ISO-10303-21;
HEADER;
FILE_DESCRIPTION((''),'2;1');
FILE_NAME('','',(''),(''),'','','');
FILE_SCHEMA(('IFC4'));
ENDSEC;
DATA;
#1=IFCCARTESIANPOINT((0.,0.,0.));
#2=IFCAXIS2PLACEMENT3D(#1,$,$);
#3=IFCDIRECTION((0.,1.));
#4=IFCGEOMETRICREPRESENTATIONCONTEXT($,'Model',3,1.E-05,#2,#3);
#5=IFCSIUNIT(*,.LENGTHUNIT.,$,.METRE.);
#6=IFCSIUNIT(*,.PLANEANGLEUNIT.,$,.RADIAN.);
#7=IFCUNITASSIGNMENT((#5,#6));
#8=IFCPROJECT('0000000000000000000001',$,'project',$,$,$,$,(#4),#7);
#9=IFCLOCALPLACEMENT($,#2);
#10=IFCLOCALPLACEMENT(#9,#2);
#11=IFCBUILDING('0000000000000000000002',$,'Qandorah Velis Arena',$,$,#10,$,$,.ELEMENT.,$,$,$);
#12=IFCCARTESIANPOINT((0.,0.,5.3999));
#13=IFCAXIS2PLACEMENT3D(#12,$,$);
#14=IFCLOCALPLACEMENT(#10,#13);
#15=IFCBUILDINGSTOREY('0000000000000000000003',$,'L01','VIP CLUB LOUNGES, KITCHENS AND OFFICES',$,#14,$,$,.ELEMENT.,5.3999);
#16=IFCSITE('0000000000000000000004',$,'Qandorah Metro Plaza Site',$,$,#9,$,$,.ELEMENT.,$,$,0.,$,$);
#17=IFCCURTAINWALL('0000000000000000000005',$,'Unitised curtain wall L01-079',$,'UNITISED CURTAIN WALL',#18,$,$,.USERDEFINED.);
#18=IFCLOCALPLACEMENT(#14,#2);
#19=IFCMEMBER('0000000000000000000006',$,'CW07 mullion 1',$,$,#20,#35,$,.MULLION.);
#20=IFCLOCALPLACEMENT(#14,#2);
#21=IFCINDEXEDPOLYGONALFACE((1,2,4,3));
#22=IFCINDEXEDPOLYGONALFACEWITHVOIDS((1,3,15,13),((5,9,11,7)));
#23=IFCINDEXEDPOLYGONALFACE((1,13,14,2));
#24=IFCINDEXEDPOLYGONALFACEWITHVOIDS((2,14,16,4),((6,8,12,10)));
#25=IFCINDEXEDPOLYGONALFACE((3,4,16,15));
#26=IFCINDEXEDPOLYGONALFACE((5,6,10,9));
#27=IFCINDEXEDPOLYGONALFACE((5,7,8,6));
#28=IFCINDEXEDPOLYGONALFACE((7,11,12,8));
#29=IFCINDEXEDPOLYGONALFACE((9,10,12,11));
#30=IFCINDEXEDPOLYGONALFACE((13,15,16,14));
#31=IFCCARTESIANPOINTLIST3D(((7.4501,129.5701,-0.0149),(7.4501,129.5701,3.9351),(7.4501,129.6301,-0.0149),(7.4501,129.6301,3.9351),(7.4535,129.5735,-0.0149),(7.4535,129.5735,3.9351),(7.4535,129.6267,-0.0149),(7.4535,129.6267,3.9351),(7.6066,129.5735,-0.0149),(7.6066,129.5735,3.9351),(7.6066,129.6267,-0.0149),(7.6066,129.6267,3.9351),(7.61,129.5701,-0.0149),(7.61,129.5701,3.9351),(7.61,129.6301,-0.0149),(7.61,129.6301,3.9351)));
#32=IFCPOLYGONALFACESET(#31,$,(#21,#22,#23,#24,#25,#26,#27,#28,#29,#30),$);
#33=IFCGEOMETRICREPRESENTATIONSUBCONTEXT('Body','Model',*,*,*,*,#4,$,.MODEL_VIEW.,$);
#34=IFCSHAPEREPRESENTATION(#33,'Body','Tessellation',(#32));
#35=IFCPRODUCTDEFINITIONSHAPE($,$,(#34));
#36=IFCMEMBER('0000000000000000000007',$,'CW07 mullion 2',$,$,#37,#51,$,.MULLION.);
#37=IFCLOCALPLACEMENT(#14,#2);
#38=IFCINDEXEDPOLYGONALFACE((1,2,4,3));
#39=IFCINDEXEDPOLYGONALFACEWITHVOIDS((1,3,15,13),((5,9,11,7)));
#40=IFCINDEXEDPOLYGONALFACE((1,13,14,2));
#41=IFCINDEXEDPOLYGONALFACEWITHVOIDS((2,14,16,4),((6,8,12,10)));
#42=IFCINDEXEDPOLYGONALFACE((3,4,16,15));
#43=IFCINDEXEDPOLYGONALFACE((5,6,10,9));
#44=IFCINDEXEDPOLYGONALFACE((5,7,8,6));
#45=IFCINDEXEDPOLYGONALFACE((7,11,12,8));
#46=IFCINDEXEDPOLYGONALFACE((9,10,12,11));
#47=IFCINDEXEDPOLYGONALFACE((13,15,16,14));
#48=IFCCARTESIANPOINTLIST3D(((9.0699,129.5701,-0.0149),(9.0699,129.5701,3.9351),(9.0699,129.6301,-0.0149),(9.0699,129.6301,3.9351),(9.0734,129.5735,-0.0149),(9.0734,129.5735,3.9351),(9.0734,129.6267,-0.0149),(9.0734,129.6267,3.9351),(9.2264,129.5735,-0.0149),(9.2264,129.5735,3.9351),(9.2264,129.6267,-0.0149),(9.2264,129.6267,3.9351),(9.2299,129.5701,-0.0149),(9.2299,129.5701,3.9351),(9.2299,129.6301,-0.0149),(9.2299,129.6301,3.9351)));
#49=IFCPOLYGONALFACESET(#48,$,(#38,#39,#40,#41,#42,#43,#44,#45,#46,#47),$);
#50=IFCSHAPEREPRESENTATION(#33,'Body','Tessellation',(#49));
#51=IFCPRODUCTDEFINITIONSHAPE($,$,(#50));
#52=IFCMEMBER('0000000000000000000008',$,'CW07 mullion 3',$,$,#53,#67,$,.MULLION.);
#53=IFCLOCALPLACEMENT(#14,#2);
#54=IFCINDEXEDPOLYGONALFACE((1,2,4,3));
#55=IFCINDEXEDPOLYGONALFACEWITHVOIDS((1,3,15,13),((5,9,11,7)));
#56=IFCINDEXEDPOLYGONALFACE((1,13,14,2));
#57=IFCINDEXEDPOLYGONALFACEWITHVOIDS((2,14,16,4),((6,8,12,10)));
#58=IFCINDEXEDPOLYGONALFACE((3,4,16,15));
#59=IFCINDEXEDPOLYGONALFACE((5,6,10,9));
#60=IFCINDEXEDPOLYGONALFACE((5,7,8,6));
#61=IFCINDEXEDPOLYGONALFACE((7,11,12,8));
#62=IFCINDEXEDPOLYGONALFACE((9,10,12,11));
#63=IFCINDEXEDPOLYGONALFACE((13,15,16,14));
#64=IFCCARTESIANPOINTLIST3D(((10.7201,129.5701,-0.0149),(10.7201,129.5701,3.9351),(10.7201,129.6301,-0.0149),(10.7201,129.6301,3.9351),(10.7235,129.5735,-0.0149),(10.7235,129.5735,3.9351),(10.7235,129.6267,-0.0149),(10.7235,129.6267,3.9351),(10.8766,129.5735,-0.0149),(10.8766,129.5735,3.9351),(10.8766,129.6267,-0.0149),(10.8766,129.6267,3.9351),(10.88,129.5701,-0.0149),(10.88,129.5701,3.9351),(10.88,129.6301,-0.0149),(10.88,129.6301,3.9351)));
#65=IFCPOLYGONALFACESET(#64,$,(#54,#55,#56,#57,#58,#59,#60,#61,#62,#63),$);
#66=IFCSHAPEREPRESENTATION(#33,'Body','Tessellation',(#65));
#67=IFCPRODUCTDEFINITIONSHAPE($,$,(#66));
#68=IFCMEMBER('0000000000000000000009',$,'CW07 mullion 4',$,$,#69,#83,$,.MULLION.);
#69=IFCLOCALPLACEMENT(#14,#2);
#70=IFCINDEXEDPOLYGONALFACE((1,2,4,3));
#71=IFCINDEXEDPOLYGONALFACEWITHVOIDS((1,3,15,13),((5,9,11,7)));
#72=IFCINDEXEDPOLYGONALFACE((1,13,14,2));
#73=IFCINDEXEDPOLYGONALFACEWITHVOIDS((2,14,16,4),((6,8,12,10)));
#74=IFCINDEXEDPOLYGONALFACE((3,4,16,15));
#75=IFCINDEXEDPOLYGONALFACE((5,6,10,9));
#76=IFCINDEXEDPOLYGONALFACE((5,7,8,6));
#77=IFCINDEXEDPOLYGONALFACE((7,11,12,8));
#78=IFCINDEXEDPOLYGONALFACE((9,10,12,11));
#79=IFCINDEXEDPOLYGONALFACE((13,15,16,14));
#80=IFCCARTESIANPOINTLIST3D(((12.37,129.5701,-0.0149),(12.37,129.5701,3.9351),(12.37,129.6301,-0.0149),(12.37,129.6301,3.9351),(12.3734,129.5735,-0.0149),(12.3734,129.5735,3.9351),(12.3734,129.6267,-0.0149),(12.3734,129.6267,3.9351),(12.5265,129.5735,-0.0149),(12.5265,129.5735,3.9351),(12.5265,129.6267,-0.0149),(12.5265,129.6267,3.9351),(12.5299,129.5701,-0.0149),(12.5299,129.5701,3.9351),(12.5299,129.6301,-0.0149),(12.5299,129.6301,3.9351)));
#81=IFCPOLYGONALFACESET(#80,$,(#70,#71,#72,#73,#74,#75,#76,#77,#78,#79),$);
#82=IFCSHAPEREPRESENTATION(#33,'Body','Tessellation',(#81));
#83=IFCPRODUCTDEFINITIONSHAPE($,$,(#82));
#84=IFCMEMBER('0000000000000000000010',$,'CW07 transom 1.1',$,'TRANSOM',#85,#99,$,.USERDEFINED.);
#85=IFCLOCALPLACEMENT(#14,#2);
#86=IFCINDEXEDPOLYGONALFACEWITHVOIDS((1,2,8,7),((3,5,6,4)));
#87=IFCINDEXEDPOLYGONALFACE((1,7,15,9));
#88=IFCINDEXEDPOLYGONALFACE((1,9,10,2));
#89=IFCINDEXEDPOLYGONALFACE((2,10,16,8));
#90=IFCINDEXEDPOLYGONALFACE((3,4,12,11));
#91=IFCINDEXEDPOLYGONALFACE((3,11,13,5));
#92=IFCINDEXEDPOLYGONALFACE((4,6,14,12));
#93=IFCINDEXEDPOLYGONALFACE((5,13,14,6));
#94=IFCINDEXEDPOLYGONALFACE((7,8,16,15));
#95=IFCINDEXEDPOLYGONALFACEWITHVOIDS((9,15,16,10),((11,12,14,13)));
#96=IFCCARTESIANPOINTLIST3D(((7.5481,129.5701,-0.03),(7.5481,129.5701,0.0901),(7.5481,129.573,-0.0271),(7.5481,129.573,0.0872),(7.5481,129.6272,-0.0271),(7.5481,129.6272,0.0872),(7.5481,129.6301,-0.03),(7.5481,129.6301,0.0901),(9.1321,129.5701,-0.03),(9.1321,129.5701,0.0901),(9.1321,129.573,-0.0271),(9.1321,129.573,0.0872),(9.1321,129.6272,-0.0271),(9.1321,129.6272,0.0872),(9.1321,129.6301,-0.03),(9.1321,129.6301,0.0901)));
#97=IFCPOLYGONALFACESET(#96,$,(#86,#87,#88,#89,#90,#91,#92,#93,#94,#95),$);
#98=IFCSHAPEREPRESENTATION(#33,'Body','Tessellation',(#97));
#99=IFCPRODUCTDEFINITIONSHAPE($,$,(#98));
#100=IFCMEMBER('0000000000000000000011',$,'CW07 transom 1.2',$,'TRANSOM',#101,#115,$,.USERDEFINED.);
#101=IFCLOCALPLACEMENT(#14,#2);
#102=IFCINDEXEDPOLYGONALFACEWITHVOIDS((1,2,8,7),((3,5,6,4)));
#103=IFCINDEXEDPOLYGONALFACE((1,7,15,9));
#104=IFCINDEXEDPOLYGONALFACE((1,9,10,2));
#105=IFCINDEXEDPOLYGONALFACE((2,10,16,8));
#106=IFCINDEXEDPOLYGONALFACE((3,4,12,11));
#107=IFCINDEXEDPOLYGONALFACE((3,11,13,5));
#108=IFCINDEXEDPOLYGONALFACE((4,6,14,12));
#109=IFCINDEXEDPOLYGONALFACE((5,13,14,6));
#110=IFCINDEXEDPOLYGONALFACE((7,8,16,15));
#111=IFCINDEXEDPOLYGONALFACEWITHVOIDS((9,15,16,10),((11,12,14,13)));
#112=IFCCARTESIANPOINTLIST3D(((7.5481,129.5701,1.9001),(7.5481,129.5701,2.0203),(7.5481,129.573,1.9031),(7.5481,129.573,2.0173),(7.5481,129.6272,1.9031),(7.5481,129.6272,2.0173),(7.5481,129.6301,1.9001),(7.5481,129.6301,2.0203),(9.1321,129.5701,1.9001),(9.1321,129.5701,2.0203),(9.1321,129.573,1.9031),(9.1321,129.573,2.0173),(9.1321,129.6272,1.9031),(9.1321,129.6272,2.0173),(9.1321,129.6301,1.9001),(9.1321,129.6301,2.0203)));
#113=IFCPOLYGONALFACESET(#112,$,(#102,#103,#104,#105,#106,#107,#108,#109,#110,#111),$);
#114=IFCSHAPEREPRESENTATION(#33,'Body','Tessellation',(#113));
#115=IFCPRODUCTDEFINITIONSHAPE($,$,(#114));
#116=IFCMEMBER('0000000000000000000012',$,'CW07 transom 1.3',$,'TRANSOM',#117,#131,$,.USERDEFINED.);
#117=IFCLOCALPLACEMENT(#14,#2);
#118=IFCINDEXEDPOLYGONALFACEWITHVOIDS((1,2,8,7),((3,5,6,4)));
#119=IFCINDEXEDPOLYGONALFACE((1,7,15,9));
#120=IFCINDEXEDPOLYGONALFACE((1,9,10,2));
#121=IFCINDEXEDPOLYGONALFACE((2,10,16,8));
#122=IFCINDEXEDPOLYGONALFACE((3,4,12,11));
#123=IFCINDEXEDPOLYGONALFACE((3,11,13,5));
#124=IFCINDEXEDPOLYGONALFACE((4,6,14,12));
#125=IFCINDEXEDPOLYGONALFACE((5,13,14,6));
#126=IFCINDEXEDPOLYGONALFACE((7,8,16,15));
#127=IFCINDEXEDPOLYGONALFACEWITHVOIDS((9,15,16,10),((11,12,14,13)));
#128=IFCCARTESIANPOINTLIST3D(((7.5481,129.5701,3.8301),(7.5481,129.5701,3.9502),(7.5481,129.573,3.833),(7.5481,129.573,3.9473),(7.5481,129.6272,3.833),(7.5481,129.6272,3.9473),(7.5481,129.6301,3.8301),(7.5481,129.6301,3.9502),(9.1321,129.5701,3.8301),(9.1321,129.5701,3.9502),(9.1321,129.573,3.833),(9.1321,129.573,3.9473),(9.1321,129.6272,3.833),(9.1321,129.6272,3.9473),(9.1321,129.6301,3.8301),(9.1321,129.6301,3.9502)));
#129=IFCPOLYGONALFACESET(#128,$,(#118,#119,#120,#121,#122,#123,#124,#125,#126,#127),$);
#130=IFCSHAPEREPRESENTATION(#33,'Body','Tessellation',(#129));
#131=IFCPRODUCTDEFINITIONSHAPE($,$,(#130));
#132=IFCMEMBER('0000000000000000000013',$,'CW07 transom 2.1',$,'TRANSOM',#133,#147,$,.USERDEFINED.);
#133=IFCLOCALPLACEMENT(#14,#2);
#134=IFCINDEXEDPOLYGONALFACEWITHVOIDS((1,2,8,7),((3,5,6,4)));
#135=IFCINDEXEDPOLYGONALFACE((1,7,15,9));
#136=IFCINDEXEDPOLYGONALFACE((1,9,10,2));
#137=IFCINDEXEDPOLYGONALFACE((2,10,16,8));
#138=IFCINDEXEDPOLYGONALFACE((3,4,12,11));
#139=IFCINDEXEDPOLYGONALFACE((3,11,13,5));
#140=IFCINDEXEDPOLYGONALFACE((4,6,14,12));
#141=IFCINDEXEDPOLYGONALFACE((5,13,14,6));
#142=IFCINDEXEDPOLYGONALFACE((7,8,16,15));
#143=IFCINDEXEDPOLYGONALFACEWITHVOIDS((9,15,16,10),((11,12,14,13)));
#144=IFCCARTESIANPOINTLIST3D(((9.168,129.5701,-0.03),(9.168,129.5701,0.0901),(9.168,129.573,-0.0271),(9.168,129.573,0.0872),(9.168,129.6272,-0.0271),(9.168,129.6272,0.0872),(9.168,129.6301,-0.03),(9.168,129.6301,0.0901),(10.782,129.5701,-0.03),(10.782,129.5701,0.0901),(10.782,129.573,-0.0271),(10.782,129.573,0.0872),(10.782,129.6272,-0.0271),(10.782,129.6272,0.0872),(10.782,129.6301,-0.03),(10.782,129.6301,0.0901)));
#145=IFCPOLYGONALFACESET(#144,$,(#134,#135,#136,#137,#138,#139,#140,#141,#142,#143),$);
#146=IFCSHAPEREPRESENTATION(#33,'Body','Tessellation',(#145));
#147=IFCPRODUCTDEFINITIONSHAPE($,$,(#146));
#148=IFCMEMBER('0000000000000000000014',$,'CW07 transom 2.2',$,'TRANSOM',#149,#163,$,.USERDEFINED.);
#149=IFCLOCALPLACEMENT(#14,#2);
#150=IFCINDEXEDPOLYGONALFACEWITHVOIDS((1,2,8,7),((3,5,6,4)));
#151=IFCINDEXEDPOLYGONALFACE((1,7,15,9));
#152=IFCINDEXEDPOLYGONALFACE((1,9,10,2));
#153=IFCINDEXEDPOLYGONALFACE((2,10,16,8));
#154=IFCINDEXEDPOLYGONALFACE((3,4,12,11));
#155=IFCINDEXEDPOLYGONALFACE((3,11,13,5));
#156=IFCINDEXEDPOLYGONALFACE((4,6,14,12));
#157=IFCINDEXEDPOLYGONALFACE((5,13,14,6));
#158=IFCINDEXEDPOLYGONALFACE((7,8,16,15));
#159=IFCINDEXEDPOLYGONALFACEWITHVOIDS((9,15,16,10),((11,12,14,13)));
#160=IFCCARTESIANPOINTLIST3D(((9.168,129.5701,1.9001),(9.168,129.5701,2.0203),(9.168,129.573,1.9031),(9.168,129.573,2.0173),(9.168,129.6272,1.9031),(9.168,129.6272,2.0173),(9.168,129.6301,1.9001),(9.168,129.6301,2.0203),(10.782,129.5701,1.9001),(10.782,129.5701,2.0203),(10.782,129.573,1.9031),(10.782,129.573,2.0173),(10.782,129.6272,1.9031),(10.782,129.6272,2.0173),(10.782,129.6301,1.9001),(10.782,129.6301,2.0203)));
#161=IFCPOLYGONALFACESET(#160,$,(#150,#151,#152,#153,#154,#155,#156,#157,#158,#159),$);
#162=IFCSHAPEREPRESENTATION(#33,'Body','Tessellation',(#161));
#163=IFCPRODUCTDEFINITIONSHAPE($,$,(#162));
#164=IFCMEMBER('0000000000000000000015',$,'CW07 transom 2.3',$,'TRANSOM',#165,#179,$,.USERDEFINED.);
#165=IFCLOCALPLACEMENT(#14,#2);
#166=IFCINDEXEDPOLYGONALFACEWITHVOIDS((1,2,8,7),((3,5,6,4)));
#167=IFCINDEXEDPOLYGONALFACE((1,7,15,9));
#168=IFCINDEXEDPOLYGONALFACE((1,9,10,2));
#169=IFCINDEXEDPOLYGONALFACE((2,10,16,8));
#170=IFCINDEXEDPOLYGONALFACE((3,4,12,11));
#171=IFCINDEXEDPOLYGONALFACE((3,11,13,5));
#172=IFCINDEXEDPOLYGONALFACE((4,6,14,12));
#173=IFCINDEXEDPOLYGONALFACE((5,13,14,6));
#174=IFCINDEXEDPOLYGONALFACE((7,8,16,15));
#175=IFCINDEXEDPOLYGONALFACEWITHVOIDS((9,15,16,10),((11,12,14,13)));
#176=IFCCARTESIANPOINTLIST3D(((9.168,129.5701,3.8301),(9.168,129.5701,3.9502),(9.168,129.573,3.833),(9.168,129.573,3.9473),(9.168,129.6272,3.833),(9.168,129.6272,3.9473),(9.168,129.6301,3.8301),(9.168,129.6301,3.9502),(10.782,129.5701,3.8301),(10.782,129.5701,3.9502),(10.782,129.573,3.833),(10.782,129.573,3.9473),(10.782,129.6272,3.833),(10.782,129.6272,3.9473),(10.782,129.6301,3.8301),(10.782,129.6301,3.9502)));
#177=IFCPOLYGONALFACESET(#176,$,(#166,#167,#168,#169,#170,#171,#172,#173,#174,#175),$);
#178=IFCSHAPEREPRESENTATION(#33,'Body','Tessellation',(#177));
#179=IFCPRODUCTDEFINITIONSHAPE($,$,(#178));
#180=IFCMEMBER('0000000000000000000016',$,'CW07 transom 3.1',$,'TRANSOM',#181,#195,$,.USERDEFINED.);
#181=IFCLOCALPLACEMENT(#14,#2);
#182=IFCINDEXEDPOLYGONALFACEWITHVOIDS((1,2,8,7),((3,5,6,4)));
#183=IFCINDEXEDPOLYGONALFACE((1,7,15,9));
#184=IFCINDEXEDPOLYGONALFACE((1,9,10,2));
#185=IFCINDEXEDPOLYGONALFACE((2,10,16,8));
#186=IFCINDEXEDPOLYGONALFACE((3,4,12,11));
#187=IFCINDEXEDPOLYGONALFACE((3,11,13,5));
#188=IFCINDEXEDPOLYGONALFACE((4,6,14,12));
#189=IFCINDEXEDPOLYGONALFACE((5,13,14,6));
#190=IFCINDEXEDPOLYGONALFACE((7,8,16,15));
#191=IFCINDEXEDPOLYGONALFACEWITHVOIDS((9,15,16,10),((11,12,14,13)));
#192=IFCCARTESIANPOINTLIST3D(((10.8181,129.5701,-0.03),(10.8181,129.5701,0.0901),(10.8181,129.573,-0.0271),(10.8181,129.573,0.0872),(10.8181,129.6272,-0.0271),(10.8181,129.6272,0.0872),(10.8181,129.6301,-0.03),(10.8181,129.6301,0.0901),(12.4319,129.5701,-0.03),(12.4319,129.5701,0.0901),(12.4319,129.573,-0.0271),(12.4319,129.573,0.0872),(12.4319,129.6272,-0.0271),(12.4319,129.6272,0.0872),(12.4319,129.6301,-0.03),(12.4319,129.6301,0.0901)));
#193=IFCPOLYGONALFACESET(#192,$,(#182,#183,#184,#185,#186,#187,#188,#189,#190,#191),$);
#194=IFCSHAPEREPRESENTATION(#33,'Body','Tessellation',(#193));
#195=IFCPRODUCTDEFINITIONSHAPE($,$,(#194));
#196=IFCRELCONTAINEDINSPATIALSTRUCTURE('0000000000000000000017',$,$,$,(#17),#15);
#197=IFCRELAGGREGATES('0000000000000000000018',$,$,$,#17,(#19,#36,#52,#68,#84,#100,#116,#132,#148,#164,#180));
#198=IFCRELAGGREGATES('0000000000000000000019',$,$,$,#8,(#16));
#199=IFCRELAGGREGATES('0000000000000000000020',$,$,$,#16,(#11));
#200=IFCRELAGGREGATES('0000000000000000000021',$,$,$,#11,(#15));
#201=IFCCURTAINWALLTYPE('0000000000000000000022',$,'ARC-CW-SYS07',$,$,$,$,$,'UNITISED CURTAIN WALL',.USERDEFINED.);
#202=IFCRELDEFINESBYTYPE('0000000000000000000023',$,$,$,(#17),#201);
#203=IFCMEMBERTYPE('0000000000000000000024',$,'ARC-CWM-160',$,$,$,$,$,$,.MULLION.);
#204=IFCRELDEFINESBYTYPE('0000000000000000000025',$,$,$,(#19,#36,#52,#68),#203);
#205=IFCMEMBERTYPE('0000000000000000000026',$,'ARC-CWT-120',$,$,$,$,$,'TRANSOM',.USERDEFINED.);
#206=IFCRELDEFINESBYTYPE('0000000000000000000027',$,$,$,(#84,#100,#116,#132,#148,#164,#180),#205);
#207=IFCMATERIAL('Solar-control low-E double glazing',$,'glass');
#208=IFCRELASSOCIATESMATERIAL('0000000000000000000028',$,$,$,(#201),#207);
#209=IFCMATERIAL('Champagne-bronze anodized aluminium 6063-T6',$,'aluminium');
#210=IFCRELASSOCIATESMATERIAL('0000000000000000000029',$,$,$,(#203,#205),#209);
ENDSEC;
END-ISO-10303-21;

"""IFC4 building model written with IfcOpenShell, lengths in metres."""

from ifc_helpers import new_model, si_unit, direction, frame, origin, origin_2d, place, context, subcontext, project, spatial, hollow_rectangle, extrude, material, material_profile, profile_set, type_object, element, aggregate, save


model = new_model("IFC4")

# Units and contexts
model_context = context("Model", 3, precision=1e-05, world=origin(), true_north=direction((0.0, 1.0)))
body_context = subcontext(model_context, "Body", "Model", "MODEL_VIEW")
ifc_project = project(units=[si_unit("LENGTHUNIT", "METRE"), si_unit("PLANEANGLEUNIT", "RADIAN")], contexts=[model_context])

# Site, building, storey
site_placement = place(None, origin())
site = spatial("IfcSite", under=ifc_project, at=site_placement, Name="Qandorah Metro Plaza Site", CompositionType="ELEMENT", RefElevation=0.0)
building_placement = place(site_placement, origin())
building = spatial("IfcBuilding", under=site, at=building_placement, Name="Qandorah Velis Arena", CompositionType="ELEMENT")
storey_placement = place(building_placement, frame((0.0, 0.0, 5.3999)))
storey = spatial("IfcBuildingStorey", under=building, at=storey_placement, Name="L01", Description="VIP CLUB LOUNGES, KITCHENS AND OFFICES", CompositionType="ELEMENT", Elevation=5.3999)

# Curtain wall, members
ifc_material_1 = material(Name="Solar-control low-E double glazing", Category="glass")
curtain_wall_type = type_object("IfcCurtainWallType", Name="ARC-CW-SYS07", ElementType="UNITISED CURTAIN WALL", PredefinedType="USERDEFINED", material=ifc_material_1)
curtain_wall_placement = place(storey_placement, origin())
curtain_wall = element("IfcCurtainWall", 1, at=curtain_wall_placement, inside=storey, type_object=curtain_wall_type, Name="Unitised curtain wall L01-079", ObjectType="UNITISED CURTAIN WALL", PredefinedType="USERDEFINED")
ifc_material_2 = material(Name="Champagne-bronze anodized aluminium 6063-T6", Category="aluminium")
ifc_material_profile_1 = material_profile(ifc_material_2, hollow_rectangle(XDim=0.0601, YDim=0.1599, WallThickness=0.0034, at=origin_2d()), Name="ALU MULLION 60x160")
ifc_profile_set_1 = profile_set([ifc_material_profile_1], Name="Champagne-bronze anodized aluminium 6063-T6")
member_type_1 = type_object("IfcMemberType", Name="ARC-CWM-160", PredefinedType="MULLION", material=ifc_profile_set_1)
member_1_placement = place(storey_placement, frame((7.53, 129.6001, -0.0149), z_axis=(0.0, 0.0, 1.0), x_axis=(0.0, 1.0, 0.0)))
member_1 = element("IfcMember", 2, at=member_1_placement, type_object=member_type_1, Name="CW07 mullion 1", PredefinedType="MULLION", context=body_context, shape_type="SweptSolid", body=[
    extrude(hollow_rectangle(XDim=0.0601, YDim=0.1599, WallThickness=0.0034, at=origin_2d()), origin(), (0.0, 0.0, 1.0), 3.95),
])
member_2_placement = place(storey_placement, frame((9.1499, 129.6001, -0.0149), z_axis=(0.0, 0.0, 1.0), x_axis=(0.0, 1.0, 0.0)))
member_2 = element("IfcMember", 3, at=member_2_placement, type_object=member_type_1, Name="CW07 mullion 2", PredefinedType="MULLION", context=body_context, shape_type="SweptSolid", body=[
    extrude(hollow_rectangle(XDim=0.0601, YDim=0.1599, WallThickness=0.0034, at=origin_2d()), origin(), (0.0, 0.0, 1.0), 3.95),
])
member_3_placement = place(storey_placement, frame((10.8, 129.6001, -0.0149), z_axis=(0.0, 0.0, 1.0), x_axis=(0.0, 1.0, 0.0)))
member_3 = element("IfcMember", 4, at=member_3_placement, type_object=member_type_1, Name="CW07 mullion 3", PredefinedType="MULLION", context=body_context, shape_type="SweptSolid", body=[
    extrude(hollow_rectangle(XDim=0.0601, YDim=0.1599, WallThickness=0.0034, at=origin_2d()), origin(), (0.0, 0.0, 1.0), 3.95),
])
member_4_placement = place(storey_placement, frame((12.45, 129.6001, -0.0149), z_axis=(0.0, 0.0, 1.0), x_axis=(0.0, 1.0, 0.0)))
member_4 = element("IfcMember", 5, at=member_4_placement, type_object=member_type_1, Name="CW07 mullion 4", PredefinedType="MULLION", context=body_context, shape_type="SweptSolid", body=[
    extrude(hollow_rectangle(XDim=0.0601, YDim=0.1599, WallThickness=0.0034, at=origin_2d()), origin(), (0.0, 0.0, 1.0), 3.95),
])
ifc_material_profile_2 = material_profile(ifc_material_2, hollow_rectangle(XDim=0.0601, YDim=0.1201, WallThickness=0.0029, at=origin_2d()), Name="ALU TRANSOM 60x120")
ifc_profile_set_2 = profile_set([ifc_material_profile_2], Name="Champagne-bronze anodized aluminium 6063-T6")
member_type_2 = type_object("IfcMemberType", Name="ARC-CWT-120", ElementType="TRANSOM", PredefinedType="USERDEFINED", material=ifc_profile_set_2)
member_5_placement = place(storey_placement, frame((7.5481, 129.6001, 0.03), z_axis=(1.0, 0.0, 0.0), x_axis=(0.0, 1.0, 0.0)))
member_5 = element("IfcMember", 6, at=member_5_placement, type_object=member_type_2, Name="CW07 transom 1.1", ObjectType="TRANSOM", PredefinedType="USERDEFINED", context=body_context, shape_type="SweptSolid", body=[
    extrude(hollow_rectangle(XDim=0.0601, YDim=0.1201, WallThickness=0.0029, at=origin_2d()), origin(), (0.0, 0.0, 1.0), 1.584),
])
member_6_placement = place(storey_placement, frame((7.5481, 129.6001, 1.9602), z_axis=(1.0, 0.0, 0.0), x_axis=(0.0, 1.0, 0.0)))
member_6 = element("IfcMember", 7, at=member_6_placement, type_object=member_type_2, Name="CW07 transom 1.2", ObjectType="TRANSOM", PredefinedType="USERDEFINED", context=body_context, shape_type="SweptSolid", body=[
    extrude(hollow_rectangle(XDim=0.0601, YDim=0.1201, WallThickness=0.0029, at=origin_2d()), origin(), (0.0, 0.0, 1.0), 1.584),
])
member_7_placement = place(storey_placement, frame((7.5481, 129.6001, 3.8901), z_axis=(1.0, 0.0, 0.0), x_axis=(0.0, 1.0, 0.0)))
member_7 = element("IfcMember", 8, at=member_7_placement, type_object=member_type_2, Name="CW07 transom 1.3", ObjectType="TRANSOM", PredefinedType="USERDEFINED", context=body_context, shape_type="SweptSolid", body=[
    extrude(hollow_rectangle(XDim=0.0601, YDim=0.1201, WallThickness=0.0029, at=origin_2d()), origin(), (0.0, 0.0, 1.0), 1.584),
])
member_8_placement = place(storey_placement, frame((9.168, 129.6001, 0.03), z_axis=(1.0, 0.0, 0.0), x_axis=(0.0, 1.0, 0.0)))
member_8 = element("IfcMember", 9, at=member_8_placement, type_object=member_type_2, Name="CW07 transom 2.1", ObjectType="TRANSOM", PredefinedType="USERDEFINED", context=body_context, shape_type="SweptSolid", body=[
    extrude(hollow_rectangle(XDim=0.0601, YDim=0.1201, WallThickness=0.0029, at=origin_2d()), origin(), (0.0, 0.0, 1.0), 1.614),
])
member_9_placement = place(storey_placement, frame((9.168, 129.6001, 1.9602), z_axis=(1.0, 0.0, 0.0), x_axis=(0.0, 1.0, 0.0)))
member_9 = element("IfcMember", 10, at=member_9_placement, type_object=member_type_2, Name="CW07 transom 2.2", ObjectType="TRANSOM", PredefinedType="USERDEFINED", context=body_context, shape_type="SweptSolid", body=[
    extrude(hollow_rectangle(XDim=0.0601, YDim=0.1201, WallThickness=0.0029, at=origin_2d()), origin(), (0.0, 0.0, 1.0), 1.614),
])
member_10_placement = place(storey_placement, frame((9.168, 129.6001, 3.8901), z_axis=(1.0, 0.0, 0.0), x_axis=(0.0, 1.0, 0.0)))
member_10 = element("IfcMember", 11, at=member_10_placement, type_object=member_type_2, Name="CW07 transom 2.3", ObjectType="TRANSOM", PredefinedType="USERDEFINED", context=body_context, shape_type="SweptSolid", body=[
    extrude(hollow_rectangle(XDim=0.0601, YDim=0.1201, WallThickness=0.0029, at=origin_2d()), origin(), (0.0, 0.0, 1.0), 1.614),
])
member_11_placement = place(storey_placement, frame((10.8181, 129.6001, 0.03), z_axis=(1.0, 0.0, 0.0), x_axis=(0.0, 1.0, 0.0)))
member_11 = element("IfcMember", 12, at=member_11_placement, type_object=member_type_2, Name="CW07 transom 3.1", ObjectType="TRANSOM", PredefinedType="USERDEFINED", context=body_context, shape_type="SweptSolid", body=[
    extrude(hollow_rectangle(XDim=0.0601, YDim=0.1201, WallThickness=0.0029, at=origin_2d()), origin(), (0.0, 0.0, 1.0), 1.6138),
])

aggregate(curtain_wall, [member_1, member_2, member_3, member_4, member_5, member_6, member_7, member_8, member_9, member_10, member_11])

save(model, "model.ifc")
